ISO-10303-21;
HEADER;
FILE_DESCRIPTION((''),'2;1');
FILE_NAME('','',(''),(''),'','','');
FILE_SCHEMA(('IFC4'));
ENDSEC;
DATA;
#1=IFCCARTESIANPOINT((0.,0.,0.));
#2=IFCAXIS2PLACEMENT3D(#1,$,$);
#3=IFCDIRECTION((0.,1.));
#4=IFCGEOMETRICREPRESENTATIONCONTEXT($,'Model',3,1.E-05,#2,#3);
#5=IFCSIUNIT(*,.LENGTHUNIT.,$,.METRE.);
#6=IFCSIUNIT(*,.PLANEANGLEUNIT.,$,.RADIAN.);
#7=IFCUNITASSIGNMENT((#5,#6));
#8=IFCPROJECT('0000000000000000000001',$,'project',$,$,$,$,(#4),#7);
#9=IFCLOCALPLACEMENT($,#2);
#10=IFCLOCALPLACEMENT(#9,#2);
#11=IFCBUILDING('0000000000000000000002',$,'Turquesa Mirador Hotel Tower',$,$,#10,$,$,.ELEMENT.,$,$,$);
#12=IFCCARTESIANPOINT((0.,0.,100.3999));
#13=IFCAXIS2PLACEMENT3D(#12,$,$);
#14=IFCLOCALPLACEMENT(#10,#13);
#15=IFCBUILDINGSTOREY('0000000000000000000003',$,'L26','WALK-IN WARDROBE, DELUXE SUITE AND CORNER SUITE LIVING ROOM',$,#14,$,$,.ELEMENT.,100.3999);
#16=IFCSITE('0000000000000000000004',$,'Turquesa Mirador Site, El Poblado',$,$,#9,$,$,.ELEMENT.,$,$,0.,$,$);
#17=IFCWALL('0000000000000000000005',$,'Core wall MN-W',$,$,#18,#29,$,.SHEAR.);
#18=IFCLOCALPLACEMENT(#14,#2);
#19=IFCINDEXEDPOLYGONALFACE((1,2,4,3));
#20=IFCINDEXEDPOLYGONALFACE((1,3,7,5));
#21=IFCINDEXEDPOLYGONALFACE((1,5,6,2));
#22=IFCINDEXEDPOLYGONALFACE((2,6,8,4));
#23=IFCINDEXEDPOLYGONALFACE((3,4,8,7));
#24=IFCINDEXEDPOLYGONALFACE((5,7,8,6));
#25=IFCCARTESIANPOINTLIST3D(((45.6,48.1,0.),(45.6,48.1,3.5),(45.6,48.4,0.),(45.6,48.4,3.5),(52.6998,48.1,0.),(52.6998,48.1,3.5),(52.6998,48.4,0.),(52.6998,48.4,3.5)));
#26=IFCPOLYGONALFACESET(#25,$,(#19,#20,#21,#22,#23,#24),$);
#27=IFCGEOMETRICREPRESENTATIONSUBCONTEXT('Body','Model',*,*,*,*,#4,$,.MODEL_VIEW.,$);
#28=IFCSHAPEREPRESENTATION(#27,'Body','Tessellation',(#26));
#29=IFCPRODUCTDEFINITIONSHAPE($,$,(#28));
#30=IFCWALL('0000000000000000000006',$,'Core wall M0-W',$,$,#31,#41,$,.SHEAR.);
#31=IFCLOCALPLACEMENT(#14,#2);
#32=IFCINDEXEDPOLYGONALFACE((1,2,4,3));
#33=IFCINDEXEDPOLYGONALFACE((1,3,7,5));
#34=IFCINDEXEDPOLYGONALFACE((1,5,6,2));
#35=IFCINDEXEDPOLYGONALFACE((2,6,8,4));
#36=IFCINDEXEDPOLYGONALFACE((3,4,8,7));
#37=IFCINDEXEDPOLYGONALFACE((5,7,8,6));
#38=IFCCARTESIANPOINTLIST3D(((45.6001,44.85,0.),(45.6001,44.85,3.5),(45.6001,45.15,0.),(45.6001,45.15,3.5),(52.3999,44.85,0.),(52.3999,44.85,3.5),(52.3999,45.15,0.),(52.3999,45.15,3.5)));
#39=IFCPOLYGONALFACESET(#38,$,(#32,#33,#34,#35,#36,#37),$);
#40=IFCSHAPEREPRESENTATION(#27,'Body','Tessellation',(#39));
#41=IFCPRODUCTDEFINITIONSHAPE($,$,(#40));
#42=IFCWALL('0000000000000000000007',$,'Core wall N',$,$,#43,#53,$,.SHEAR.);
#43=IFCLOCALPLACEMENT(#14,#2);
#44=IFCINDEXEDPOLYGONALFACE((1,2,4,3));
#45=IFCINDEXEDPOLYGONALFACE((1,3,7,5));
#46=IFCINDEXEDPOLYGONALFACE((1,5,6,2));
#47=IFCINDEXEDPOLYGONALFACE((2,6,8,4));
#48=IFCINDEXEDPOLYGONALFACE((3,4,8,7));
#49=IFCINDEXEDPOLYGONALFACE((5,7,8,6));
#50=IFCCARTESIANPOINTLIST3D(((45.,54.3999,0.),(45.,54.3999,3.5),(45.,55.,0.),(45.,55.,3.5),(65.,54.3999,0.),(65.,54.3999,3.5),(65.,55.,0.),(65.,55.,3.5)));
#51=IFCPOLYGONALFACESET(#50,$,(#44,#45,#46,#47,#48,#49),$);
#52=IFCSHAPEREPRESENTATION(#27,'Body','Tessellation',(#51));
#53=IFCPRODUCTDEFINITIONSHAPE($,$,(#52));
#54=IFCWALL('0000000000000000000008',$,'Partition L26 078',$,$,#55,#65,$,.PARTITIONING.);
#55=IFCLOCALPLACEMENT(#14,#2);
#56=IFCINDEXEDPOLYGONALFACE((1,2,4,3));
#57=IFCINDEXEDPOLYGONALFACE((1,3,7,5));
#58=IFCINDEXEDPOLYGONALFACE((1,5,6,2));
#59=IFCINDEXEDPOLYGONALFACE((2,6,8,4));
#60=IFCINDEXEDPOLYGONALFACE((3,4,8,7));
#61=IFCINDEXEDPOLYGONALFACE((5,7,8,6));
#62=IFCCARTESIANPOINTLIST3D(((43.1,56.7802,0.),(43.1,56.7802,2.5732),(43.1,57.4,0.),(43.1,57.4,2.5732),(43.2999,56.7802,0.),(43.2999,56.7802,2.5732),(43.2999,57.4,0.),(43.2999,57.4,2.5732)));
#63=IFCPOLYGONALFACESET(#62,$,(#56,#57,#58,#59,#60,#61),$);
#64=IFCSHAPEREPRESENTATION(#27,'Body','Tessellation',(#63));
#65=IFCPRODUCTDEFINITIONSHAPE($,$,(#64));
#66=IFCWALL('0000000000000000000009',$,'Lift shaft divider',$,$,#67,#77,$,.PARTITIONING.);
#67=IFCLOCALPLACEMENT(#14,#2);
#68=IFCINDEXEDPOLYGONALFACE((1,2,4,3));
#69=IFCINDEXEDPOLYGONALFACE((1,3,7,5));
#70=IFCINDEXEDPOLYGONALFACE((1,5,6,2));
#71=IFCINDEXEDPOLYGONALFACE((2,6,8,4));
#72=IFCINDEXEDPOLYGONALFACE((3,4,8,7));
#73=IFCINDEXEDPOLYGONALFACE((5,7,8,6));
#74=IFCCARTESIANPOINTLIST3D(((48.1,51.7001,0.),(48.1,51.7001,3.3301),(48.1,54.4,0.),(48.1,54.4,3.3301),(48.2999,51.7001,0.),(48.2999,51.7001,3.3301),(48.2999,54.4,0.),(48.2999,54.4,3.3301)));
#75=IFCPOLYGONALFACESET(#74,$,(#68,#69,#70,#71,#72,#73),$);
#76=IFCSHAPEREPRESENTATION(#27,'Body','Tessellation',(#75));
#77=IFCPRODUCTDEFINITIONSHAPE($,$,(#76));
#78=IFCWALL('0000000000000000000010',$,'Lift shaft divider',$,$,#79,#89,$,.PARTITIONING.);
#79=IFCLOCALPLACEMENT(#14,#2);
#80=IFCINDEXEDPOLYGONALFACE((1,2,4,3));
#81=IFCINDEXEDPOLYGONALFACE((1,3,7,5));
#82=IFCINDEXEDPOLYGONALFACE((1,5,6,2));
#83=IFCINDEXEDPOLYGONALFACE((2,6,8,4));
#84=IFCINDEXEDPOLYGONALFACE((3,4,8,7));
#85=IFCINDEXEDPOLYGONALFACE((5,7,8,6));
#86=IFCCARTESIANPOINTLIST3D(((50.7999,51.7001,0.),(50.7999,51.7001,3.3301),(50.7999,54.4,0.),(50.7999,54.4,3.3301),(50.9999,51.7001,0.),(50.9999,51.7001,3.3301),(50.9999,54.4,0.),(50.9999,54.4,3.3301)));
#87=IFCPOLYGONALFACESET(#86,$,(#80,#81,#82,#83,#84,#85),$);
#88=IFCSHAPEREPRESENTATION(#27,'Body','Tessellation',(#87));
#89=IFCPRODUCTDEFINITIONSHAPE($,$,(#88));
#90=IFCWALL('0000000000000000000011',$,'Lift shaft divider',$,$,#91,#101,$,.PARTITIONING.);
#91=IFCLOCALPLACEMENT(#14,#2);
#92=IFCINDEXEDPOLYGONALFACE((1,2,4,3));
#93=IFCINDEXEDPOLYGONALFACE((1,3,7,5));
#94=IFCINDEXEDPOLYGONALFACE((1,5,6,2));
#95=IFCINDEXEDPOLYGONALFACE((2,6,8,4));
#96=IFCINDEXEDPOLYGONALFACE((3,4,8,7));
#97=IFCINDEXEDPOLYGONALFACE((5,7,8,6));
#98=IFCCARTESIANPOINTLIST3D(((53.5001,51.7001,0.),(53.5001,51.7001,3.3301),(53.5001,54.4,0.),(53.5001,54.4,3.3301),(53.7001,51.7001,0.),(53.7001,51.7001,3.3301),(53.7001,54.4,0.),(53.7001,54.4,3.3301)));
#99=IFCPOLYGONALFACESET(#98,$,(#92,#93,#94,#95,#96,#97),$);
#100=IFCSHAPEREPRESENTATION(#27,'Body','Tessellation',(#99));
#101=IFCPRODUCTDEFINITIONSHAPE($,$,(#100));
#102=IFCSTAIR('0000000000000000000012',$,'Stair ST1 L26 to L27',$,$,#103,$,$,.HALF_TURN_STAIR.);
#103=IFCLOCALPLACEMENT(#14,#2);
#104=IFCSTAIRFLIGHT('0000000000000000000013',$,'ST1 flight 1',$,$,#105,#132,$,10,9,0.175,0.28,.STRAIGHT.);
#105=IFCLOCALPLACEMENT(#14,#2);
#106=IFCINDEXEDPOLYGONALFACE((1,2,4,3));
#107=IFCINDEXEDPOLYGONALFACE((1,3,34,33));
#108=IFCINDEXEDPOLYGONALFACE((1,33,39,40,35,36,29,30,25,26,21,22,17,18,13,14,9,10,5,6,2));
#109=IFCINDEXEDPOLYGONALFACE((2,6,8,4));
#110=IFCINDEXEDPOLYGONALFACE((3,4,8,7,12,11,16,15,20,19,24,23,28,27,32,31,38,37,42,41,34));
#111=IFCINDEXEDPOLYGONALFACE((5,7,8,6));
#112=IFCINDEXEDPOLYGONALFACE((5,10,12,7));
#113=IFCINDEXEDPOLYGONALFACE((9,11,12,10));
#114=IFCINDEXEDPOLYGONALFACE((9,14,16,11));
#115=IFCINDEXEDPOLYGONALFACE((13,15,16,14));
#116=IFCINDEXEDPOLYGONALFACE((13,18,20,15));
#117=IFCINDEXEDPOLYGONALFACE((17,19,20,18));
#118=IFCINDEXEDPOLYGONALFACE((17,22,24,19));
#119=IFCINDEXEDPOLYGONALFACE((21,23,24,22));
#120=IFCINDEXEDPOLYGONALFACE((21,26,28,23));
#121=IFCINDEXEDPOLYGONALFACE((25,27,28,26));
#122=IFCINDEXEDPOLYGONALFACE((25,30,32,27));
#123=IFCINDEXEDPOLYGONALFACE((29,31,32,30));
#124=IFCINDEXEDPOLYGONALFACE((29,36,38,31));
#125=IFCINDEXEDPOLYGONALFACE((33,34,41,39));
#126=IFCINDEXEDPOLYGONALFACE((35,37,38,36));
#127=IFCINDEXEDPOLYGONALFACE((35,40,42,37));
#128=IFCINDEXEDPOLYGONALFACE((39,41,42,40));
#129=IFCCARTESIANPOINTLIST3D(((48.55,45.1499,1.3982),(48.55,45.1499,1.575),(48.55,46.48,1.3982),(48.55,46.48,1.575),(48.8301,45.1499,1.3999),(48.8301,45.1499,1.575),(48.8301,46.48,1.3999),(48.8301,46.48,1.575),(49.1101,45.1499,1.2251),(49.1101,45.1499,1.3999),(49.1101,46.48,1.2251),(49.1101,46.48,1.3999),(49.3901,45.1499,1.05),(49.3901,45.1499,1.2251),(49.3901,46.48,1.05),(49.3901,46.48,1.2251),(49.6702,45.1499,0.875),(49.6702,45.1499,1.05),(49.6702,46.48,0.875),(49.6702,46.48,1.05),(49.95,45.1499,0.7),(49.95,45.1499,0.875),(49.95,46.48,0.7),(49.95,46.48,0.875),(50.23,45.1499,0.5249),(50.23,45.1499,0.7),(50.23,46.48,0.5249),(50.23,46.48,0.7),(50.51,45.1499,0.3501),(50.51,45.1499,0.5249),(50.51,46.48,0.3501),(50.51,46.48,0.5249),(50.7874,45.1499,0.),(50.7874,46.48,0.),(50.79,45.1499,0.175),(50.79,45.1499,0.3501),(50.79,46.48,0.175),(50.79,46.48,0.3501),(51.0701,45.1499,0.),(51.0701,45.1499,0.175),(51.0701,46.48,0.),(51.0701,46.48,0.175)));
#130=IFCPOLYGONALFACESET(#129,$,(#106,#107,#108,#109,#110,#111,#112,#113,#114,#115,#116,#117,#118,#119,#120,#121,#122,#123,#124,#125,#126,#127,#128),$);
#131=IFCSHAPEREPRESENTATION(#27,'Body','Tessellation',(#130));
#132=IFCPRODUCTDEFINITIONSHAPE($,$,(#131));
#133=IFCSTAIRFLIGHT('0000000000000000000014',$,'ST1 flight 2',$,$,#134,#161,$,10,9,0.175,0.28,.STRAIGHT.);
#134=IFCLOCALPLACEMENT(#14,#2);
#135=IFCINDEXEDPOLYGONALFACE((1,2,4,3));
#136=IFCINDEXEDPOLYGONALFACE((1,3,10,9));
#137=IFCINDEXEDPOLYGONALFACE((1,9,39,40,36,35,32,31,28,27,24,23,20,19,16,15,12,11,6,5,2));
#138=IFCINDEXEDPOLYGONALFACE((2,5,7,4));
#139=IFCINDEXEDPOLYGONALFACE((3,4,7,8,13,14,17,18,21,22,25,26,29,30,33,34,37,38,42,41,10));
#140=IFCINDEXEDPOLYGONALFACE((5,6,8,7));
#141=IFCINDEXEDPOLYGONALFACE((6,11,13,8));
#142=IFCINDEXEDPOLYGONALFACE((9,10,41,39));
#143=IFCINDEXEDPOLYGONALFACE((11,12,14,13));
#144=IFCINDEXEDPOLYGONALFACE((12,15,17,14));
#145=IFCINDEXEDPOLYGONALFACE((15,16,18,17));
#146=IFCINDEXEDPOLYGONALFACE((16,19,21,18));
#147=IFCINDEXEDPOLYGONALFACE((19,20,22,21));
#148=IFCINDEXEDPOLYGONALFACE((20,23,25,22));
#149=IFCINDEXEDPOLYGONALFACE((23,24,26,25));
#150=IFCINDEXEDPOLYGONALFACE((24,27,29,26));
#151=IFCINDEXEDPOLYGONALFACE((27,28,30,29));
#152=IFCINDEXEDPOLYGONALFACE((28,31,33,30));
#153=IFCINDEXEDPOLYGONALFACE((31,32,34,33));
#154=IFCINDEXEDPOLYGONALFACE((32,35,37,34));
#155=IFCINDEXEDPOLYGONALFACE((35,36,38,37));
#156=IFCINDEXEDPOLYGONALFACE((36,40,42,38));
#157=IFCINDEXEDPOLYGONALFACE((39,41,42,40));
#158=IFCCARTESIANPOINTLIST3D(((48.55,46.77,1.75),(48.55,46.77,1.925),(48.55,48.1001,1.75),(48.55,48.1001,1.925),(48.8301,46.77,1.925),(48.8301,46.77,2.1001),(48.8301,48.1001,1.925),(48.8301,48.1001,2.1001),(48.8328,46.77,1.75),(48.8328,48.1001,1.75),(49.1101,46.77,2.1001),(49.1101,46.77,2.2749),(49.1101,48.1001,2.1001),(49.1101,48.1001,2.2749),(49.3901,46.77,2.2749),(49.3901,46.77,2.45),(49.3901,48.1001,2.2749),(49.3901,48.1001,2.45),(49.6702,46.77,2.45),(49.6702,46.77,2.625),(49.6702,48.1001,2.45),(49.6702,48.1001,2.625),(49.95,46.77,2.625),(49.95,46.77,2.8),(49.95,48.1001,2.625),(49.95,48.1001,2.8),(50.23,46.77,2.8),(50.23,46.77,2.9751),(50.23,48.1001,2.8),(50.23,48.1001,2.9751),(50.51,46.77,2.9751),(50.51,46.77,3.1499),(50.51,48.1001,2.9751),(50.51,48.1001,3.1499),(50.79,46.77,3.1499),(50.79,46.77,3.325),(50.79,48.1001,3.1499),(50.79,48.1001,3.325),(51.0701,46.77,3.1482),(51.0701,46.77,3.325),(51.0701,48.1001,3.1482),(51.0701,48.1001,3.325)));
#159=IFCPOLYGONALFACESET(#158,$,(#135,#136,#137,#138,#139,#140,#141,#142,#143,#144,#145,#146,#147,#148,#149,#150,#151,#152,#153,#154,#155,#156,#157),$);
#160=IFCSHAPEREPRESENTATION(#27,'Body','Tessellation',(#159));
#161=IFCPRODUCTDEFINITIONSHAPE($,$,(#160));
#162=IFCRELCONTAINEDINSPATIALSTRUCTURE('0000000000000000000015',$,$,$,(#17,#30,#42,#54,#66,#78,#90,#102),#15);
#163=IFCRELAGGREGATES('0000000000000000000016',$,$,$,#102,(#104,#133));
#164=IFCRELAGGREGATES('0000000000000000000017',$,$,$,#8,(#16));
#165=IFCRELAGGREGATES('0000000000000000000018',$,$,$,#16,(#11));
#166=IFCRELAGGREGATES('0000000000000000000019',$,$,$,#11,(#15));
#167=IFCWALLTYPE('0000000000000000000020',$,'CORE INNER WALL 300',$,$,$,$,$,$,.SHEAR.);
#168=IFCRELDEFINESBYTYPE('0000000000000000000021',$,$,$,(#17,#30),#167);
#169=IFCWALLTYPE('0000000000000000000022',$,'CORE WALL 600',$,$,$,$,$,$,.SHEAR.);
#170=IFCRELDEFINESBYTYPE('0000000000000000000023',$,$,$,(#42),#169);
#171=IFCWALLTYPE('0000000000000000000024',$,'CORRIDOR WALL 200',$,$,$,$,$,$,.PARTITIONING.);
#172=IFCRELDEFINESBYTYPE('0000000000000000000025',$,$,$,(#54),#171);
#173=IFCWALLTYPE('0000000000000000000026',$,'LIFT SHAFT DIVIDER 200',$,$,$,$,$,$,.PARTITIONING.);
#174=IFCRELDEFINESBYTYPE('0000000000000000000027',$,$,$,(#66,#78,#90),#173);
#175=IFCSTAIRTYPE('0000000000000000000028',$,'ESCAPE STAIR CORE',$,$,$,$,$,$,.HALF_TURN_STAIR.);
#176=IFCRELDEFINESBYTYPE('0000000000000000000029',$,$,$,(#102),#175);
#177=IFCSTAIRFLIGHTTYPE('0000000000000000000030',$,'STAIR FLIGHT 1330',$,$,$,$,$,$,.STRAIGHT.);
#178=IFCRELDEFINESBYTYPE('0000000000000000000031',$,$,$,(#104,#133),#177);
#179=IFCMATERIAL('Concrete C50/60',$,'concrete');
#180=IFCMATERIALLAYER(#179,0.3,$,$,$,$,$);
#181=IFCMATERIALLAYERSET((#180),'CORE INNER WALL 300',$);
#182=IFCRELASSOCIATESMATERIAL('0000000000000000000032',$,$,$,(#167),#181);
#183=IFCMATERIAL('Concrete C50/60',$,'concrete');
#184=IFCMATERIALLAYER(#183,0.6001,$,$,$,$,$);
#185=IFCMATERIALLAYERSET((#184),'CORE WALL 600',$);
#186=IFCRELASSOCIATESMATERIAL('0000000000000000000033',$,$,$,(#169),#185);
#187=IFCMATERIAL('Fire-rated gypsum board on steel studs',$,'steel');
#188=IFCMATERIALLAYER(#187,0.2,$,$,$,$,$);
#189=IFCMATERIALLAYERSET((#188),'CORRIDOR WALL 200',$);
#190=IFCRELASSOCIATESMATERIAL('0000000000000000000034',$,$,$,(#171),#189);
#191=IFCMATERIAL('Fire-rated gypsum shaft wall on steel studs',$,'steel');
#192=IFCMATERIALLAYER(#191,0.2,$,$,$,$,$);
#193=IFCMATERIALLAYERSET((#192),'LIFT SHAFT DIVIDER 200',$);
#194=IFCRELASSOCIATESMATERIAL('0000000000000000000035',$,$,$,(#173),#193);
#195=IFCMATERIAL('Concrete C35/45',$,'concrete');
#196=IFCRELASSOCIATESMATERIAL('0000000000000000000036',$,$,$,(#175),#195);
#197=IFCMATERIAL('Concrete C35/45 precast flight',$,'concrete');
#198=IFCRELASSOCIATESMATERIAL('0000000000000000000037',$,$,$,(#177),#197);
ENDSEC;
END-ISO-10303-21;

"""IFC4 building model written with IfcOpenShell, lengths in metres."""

from ifc_helpers import new_model, si_unit, direction, frame, frame_2d, origin, place, context, subcontext, project, spatial, polyline, rectangle, outline, extrude, material, layer, layer_set, type_object, element, aggregate, save


model = new_model("IFC4")

# Units and contexts
model_context = context("Model", 3, precision=1e-05, world=origin(), true_north=direction((0.0, 1.0)))
body_context = subcontext(model_context, "Body", "Model", "MODEL_VIEW")
ifc_project = project(units=[si_unit("LENGTHUNIT", "METRE"), si_unit("PLANEANGLEUNIT", "RADIAN")], contexts=[model_context])

# Site, building, storey
site_placement = place(None, origin())
site = spatial("IfcSite", under=ifc_project, at=site_placement, Name="Turquesa Mirador Site, El Poblado", CompositionType="ELEMENT", RefElevation=0.0)
building_placement = place(site_placement, origin())
building = spatial("IfcBuilding", under=site, at=building_placement, Name="Turquesa Mirador Hotel Tower", CompositionType="ELEMENT")
storey_placement = place(building_placement, frame((0.0, 0.0, 100.3999)))
storey = spatial("IfcBuildingStorey", under=building, at=storey_placement, Name="L26", Description="WALK-IN WARDROBE, DELUXE SUITE AND CORNER SUITE LIVING ROOM", CompositionType="ELEMENT", Elevation=100.3999)

# Shared definitions
ifc_material_1 = material(Name="Concrete C50/60", Category="concrete")
ifc_layer_1 = layer(ifc_material_1, 0.3)
ifc_layer_set_1 = layer_set([ifc_layer_1], Name="CORE INNER WALL 300")
wall_type_1 = type_object("IfcWallType", Name="CORE INNER WALL 300", PredefinedType="SHEAR", material=ifc_layer_set_1)

# Walls
wall_1_placement = place(storey_placement, frame((45.6001, 48.25, 0.0), z_axis=(0.0, 0.0, 1.0), x_axis=(1.0, 0.0, 0.0)))
element("IfcWall", 1, at=wall_1_placement, inside=storey, type_object=wall_type_1, Name="Core wall MN-W", PredefinedType="SHEAR", context=body_context, shape_type="SweptSolid", body=[
    extrude(rectangle(XDim=7.0999, YDim=0.3, at=frame_2d((3.5498, 0.0))), origin(), (0.0, 0.0, 1.0), 3.5),
])
wall_2_placement = place(storey_placement, frame((45.6001, 45.0, 0.0), z_axis=(0.0, 0.0, 1.0), x_axis=(1.0, 0.0, 0.0)))
element("IfcWall", 2, at=wall_2_placement, inside=storey, type_object=wall_type_1, Name="Core wall M0-W", PredefinedType="SHEAR", context=body_context, shape_type="SweptSolid", body=[
    extrude(rectangle(XDim=6.7998, YDim=0.3, at=frame_2d((3.3999, 0.0))), origin(), (0.0, 0.0, 1.0), 3.5),
])
ifc_material_2 = material(Name="Concrete C50/60", Category="concrete")
ifc_layer_2 = layer(ifc_material_2, 0.6001)
ifc_layer_set_2 = layer_set([ifc_layer_2], Name="CORE WALL 600")
wall_type_2 = type_object("IfcWallType", Name="CORE WALL 600", PredefinedType="SHEAR", material=ifc_layer_set_2)
wall_3_placement = place(storey_placement, frame((45.0, 54.7, 0.0), z_axis=(0.0, 0.0, 1.0), x_axis=(1.0, 0.0, 0.0)))
element("IfcWall", 3, at=wall_3_placement, inside=storey, type_object=wall_type_2, Name="Core wall N", PredefinedType="SHEAR", context=body_context, shape_type="SweptSolid", body=[
    extrude(rectangle(XDim=20.0, YDim=0.6001, at=frame_2d((10.0, 0.0))), origin(), (0.0, 0.0, 1.0), 3.5),
])
ifc_material_3 = material(Name="Fire-rated gypsum board on steel studs", Category="steel")
ifc_layer_3 = layer(ifc_material_3, 0.2)
ifc_layer_set_3 = layer_set([ifc_layer_3], Name="CORRIDOR WALL 200")
wall_type_3 = type_object("IfcWallType", Name="CORRIDOR WALL 200", PredefinedType="PARTITIONING", material=ifc_layer_set_3)
wall_4_placement = place(storey_placement, frame((43.2, 56.78, 0.0), z_axis=(0.0, 0.0, 1.0), x_axis=(0.0, 1.0, 0.0)))
element("IfcWall", 4, at=wall_4_placement, inside=storey, type_object=wall_type_3, Name="Partition L26 078", PredefinedType="PARTITIONING", context=body_context, shape_type="SweptSolid", body=[
    extrude(rectangle(XDim=0.6199, YDim=0.2, at=frame_2d((0.3101, 0.0))), origin(), (0.0, 0.0, 1.0), 2.5732),
])
ifc_material_4 = material(Name="Fire-rated gypsum shaft wall on steel studs", Category="steel")
ifc_layer_4 = layer(ifc_material_4, 0.2)
ifc_layer_set_4 = layer_set([ifc_layer_4], Name="LIFT SHAFT DIVIDER 200")
wall_type_4 = type_object("IfcWallType", Name="LIFT SHAFT DIVIDER 200", PredefinedType="PARTITIONING", material=ifc_layer_set_4)
for number, where, z_axis, x_axis, name in (
    (5, (48.2, 51.7, 0.0), (0.0, 0.0, 1.0), (0.0, 1.0, 0.0), "Lift shaft divider"),
    (6, (50.8999, 51.7, 0.0), (0.0, 0.0, 1.0), (0.0, 1.0, 0.0), "Lift shaft divider"),
    (7, (53.6001, 51.7, 0.0), (0.0, 0.0, 1.0), (0.0, 1.0, 0.0), "Lift shaft divider"),
):
    element("IfcWall", number, at=place(storey_placement, frame(where, z_axis=z_axis, x_axis=x_axis)), inside=storey, type_object=wall_type_4, Name=name, PredefinedType="PARTITIONING", context=body_context, shape_type="SweptSolid", body=[
        extrude(rectangle(XDim=2.7, YDim=0.2, at=frame_2d((1.3501, 0.0))), origin(), (0.0, 0.0, 1.0), 3.3301),
    ])

# Stair, stair flights
ifc_material_5 = material(Name="Concrete C35/45", Category="concrete")
stair_type = type_object("IfcStairType", Name="ESCAPE STAIR CORE", PredefinedType="HALF_TURN_STAIR", material=ifc_material_5)
stair_1_placement = place(storey_placement, origin())
stair_1 = element("IfcStair", 8, at=stair_1_placement, inside=storey, type_object=stair_type, Name="Stair ST1 L26 to L27", PredefinedType="HALF_TURN_STAIR")
ifc_material_6 = material(Name="Concrete C35/45 precast flight", Category="concrete")
stair_flight_type = type_object("IfcStairFlightType", Name="STAIR FLIGHT 1330", PredefinedType="STRAIGHT", material=ifc_material_6)
stair_flight_1_placement = place(storey_placement, frame((51.0701, 45.8149, 0.0), z_axis=(0.0, 0.0, 1.0), x_axis=(-1.0, 0.0, 0.0)))
stair_flight_1 = element("IfcStairFlight", 9, at=stair_flight_1_placement, type_object=stair_flight_type, Name="ST1 flight 1", NumberOfRisers=10, NumberOfTreads=9, PredefinedType="STRAIGHT", RiserHeight=0.175, TreadLength=0.28, context=body_context, shape_type="SweptSolid", body=[
    extrude(outline(polyline([(0.0, 0.0), (0.0, 0.175), (0.28, 0.175), (0.28, 0.3501), (0.5601, 0.3501), (0.5601, 0.5249), (0.8401, 0.5249), (0.8401, 0.7), (1.1201, 0.7), (1.1201, 0.875), (1.3999, 0.875), (1.3999, 1.05), (1.6799, 1.05), (1.6799, 1.2251), (1.96, 1.2251), (1.96, 1.3999), (2.24, 1.3999), (2.24, 1.575), (2.52, 1.575), (2.52, 1.75), (2.52, 1.3982), (0.2827, 0.0), (0.0, 0.0)])), frame((0.0, 0.665, 0.0), z_axis=(0.0, -1.0, 0.0), x_axis=(1.0, 0.0, 0.0)), (0.0, 0.0, 1.0), 1.3301),
])
stair_flight_2_placement = place(storey_placement, frame((48.55, 47.4351, 1.75), z_axis=(0.0, 0.0, 1.0), x_axis=(1.0, 0.0, 0.0)))
stair_flight_2 = element("IfcStairFlight", 10, at=stair_flight_2_placement, type_object=stair_flight_type, Name="ST1 flight 2", NumberOfRisers=10, NumberOfTreads=9, PredefinedType="STRAIGHT", RiserHeight=0.175, TreadLength=0.28, context=body_context, shape_type="SweptSolid", body=[
    extrude(outline(polyline([(0.0, 0.0), (0.0, 0.175), (0.28, 0.175), (0.28, 0.3501), (0.5601, 0.3501), (0.5601, 0.5249), (0.8401, 0.5249), (0.8401, 0.7), (1.1201, 0.7), (1.1201, 0.875), (1.3999, 0.875), (1.3999, 1.05), (1.6799, 1.05), (1.6799, 1.2251), (1.96, 1.2251), (1.96, 1.3999), (2.24, 1.3999), (2.24, 1.575), (2.52, 1.575), (2.52, 1.75), (2.52, 1.3982), (0.2827, 0.0), (0.0, 0.0)])), frame((0.0, 0.665, 0.0), z_axis=(0.0, -1.0, 0.0), x_axis=(1.0, 0.0, 0.0)), (0.0, 0.0, 1.0), 1.3301),
])
aggregate(stair_1, [stair_flight_1, stair_flight_2])

save(model, "model.ifc")
